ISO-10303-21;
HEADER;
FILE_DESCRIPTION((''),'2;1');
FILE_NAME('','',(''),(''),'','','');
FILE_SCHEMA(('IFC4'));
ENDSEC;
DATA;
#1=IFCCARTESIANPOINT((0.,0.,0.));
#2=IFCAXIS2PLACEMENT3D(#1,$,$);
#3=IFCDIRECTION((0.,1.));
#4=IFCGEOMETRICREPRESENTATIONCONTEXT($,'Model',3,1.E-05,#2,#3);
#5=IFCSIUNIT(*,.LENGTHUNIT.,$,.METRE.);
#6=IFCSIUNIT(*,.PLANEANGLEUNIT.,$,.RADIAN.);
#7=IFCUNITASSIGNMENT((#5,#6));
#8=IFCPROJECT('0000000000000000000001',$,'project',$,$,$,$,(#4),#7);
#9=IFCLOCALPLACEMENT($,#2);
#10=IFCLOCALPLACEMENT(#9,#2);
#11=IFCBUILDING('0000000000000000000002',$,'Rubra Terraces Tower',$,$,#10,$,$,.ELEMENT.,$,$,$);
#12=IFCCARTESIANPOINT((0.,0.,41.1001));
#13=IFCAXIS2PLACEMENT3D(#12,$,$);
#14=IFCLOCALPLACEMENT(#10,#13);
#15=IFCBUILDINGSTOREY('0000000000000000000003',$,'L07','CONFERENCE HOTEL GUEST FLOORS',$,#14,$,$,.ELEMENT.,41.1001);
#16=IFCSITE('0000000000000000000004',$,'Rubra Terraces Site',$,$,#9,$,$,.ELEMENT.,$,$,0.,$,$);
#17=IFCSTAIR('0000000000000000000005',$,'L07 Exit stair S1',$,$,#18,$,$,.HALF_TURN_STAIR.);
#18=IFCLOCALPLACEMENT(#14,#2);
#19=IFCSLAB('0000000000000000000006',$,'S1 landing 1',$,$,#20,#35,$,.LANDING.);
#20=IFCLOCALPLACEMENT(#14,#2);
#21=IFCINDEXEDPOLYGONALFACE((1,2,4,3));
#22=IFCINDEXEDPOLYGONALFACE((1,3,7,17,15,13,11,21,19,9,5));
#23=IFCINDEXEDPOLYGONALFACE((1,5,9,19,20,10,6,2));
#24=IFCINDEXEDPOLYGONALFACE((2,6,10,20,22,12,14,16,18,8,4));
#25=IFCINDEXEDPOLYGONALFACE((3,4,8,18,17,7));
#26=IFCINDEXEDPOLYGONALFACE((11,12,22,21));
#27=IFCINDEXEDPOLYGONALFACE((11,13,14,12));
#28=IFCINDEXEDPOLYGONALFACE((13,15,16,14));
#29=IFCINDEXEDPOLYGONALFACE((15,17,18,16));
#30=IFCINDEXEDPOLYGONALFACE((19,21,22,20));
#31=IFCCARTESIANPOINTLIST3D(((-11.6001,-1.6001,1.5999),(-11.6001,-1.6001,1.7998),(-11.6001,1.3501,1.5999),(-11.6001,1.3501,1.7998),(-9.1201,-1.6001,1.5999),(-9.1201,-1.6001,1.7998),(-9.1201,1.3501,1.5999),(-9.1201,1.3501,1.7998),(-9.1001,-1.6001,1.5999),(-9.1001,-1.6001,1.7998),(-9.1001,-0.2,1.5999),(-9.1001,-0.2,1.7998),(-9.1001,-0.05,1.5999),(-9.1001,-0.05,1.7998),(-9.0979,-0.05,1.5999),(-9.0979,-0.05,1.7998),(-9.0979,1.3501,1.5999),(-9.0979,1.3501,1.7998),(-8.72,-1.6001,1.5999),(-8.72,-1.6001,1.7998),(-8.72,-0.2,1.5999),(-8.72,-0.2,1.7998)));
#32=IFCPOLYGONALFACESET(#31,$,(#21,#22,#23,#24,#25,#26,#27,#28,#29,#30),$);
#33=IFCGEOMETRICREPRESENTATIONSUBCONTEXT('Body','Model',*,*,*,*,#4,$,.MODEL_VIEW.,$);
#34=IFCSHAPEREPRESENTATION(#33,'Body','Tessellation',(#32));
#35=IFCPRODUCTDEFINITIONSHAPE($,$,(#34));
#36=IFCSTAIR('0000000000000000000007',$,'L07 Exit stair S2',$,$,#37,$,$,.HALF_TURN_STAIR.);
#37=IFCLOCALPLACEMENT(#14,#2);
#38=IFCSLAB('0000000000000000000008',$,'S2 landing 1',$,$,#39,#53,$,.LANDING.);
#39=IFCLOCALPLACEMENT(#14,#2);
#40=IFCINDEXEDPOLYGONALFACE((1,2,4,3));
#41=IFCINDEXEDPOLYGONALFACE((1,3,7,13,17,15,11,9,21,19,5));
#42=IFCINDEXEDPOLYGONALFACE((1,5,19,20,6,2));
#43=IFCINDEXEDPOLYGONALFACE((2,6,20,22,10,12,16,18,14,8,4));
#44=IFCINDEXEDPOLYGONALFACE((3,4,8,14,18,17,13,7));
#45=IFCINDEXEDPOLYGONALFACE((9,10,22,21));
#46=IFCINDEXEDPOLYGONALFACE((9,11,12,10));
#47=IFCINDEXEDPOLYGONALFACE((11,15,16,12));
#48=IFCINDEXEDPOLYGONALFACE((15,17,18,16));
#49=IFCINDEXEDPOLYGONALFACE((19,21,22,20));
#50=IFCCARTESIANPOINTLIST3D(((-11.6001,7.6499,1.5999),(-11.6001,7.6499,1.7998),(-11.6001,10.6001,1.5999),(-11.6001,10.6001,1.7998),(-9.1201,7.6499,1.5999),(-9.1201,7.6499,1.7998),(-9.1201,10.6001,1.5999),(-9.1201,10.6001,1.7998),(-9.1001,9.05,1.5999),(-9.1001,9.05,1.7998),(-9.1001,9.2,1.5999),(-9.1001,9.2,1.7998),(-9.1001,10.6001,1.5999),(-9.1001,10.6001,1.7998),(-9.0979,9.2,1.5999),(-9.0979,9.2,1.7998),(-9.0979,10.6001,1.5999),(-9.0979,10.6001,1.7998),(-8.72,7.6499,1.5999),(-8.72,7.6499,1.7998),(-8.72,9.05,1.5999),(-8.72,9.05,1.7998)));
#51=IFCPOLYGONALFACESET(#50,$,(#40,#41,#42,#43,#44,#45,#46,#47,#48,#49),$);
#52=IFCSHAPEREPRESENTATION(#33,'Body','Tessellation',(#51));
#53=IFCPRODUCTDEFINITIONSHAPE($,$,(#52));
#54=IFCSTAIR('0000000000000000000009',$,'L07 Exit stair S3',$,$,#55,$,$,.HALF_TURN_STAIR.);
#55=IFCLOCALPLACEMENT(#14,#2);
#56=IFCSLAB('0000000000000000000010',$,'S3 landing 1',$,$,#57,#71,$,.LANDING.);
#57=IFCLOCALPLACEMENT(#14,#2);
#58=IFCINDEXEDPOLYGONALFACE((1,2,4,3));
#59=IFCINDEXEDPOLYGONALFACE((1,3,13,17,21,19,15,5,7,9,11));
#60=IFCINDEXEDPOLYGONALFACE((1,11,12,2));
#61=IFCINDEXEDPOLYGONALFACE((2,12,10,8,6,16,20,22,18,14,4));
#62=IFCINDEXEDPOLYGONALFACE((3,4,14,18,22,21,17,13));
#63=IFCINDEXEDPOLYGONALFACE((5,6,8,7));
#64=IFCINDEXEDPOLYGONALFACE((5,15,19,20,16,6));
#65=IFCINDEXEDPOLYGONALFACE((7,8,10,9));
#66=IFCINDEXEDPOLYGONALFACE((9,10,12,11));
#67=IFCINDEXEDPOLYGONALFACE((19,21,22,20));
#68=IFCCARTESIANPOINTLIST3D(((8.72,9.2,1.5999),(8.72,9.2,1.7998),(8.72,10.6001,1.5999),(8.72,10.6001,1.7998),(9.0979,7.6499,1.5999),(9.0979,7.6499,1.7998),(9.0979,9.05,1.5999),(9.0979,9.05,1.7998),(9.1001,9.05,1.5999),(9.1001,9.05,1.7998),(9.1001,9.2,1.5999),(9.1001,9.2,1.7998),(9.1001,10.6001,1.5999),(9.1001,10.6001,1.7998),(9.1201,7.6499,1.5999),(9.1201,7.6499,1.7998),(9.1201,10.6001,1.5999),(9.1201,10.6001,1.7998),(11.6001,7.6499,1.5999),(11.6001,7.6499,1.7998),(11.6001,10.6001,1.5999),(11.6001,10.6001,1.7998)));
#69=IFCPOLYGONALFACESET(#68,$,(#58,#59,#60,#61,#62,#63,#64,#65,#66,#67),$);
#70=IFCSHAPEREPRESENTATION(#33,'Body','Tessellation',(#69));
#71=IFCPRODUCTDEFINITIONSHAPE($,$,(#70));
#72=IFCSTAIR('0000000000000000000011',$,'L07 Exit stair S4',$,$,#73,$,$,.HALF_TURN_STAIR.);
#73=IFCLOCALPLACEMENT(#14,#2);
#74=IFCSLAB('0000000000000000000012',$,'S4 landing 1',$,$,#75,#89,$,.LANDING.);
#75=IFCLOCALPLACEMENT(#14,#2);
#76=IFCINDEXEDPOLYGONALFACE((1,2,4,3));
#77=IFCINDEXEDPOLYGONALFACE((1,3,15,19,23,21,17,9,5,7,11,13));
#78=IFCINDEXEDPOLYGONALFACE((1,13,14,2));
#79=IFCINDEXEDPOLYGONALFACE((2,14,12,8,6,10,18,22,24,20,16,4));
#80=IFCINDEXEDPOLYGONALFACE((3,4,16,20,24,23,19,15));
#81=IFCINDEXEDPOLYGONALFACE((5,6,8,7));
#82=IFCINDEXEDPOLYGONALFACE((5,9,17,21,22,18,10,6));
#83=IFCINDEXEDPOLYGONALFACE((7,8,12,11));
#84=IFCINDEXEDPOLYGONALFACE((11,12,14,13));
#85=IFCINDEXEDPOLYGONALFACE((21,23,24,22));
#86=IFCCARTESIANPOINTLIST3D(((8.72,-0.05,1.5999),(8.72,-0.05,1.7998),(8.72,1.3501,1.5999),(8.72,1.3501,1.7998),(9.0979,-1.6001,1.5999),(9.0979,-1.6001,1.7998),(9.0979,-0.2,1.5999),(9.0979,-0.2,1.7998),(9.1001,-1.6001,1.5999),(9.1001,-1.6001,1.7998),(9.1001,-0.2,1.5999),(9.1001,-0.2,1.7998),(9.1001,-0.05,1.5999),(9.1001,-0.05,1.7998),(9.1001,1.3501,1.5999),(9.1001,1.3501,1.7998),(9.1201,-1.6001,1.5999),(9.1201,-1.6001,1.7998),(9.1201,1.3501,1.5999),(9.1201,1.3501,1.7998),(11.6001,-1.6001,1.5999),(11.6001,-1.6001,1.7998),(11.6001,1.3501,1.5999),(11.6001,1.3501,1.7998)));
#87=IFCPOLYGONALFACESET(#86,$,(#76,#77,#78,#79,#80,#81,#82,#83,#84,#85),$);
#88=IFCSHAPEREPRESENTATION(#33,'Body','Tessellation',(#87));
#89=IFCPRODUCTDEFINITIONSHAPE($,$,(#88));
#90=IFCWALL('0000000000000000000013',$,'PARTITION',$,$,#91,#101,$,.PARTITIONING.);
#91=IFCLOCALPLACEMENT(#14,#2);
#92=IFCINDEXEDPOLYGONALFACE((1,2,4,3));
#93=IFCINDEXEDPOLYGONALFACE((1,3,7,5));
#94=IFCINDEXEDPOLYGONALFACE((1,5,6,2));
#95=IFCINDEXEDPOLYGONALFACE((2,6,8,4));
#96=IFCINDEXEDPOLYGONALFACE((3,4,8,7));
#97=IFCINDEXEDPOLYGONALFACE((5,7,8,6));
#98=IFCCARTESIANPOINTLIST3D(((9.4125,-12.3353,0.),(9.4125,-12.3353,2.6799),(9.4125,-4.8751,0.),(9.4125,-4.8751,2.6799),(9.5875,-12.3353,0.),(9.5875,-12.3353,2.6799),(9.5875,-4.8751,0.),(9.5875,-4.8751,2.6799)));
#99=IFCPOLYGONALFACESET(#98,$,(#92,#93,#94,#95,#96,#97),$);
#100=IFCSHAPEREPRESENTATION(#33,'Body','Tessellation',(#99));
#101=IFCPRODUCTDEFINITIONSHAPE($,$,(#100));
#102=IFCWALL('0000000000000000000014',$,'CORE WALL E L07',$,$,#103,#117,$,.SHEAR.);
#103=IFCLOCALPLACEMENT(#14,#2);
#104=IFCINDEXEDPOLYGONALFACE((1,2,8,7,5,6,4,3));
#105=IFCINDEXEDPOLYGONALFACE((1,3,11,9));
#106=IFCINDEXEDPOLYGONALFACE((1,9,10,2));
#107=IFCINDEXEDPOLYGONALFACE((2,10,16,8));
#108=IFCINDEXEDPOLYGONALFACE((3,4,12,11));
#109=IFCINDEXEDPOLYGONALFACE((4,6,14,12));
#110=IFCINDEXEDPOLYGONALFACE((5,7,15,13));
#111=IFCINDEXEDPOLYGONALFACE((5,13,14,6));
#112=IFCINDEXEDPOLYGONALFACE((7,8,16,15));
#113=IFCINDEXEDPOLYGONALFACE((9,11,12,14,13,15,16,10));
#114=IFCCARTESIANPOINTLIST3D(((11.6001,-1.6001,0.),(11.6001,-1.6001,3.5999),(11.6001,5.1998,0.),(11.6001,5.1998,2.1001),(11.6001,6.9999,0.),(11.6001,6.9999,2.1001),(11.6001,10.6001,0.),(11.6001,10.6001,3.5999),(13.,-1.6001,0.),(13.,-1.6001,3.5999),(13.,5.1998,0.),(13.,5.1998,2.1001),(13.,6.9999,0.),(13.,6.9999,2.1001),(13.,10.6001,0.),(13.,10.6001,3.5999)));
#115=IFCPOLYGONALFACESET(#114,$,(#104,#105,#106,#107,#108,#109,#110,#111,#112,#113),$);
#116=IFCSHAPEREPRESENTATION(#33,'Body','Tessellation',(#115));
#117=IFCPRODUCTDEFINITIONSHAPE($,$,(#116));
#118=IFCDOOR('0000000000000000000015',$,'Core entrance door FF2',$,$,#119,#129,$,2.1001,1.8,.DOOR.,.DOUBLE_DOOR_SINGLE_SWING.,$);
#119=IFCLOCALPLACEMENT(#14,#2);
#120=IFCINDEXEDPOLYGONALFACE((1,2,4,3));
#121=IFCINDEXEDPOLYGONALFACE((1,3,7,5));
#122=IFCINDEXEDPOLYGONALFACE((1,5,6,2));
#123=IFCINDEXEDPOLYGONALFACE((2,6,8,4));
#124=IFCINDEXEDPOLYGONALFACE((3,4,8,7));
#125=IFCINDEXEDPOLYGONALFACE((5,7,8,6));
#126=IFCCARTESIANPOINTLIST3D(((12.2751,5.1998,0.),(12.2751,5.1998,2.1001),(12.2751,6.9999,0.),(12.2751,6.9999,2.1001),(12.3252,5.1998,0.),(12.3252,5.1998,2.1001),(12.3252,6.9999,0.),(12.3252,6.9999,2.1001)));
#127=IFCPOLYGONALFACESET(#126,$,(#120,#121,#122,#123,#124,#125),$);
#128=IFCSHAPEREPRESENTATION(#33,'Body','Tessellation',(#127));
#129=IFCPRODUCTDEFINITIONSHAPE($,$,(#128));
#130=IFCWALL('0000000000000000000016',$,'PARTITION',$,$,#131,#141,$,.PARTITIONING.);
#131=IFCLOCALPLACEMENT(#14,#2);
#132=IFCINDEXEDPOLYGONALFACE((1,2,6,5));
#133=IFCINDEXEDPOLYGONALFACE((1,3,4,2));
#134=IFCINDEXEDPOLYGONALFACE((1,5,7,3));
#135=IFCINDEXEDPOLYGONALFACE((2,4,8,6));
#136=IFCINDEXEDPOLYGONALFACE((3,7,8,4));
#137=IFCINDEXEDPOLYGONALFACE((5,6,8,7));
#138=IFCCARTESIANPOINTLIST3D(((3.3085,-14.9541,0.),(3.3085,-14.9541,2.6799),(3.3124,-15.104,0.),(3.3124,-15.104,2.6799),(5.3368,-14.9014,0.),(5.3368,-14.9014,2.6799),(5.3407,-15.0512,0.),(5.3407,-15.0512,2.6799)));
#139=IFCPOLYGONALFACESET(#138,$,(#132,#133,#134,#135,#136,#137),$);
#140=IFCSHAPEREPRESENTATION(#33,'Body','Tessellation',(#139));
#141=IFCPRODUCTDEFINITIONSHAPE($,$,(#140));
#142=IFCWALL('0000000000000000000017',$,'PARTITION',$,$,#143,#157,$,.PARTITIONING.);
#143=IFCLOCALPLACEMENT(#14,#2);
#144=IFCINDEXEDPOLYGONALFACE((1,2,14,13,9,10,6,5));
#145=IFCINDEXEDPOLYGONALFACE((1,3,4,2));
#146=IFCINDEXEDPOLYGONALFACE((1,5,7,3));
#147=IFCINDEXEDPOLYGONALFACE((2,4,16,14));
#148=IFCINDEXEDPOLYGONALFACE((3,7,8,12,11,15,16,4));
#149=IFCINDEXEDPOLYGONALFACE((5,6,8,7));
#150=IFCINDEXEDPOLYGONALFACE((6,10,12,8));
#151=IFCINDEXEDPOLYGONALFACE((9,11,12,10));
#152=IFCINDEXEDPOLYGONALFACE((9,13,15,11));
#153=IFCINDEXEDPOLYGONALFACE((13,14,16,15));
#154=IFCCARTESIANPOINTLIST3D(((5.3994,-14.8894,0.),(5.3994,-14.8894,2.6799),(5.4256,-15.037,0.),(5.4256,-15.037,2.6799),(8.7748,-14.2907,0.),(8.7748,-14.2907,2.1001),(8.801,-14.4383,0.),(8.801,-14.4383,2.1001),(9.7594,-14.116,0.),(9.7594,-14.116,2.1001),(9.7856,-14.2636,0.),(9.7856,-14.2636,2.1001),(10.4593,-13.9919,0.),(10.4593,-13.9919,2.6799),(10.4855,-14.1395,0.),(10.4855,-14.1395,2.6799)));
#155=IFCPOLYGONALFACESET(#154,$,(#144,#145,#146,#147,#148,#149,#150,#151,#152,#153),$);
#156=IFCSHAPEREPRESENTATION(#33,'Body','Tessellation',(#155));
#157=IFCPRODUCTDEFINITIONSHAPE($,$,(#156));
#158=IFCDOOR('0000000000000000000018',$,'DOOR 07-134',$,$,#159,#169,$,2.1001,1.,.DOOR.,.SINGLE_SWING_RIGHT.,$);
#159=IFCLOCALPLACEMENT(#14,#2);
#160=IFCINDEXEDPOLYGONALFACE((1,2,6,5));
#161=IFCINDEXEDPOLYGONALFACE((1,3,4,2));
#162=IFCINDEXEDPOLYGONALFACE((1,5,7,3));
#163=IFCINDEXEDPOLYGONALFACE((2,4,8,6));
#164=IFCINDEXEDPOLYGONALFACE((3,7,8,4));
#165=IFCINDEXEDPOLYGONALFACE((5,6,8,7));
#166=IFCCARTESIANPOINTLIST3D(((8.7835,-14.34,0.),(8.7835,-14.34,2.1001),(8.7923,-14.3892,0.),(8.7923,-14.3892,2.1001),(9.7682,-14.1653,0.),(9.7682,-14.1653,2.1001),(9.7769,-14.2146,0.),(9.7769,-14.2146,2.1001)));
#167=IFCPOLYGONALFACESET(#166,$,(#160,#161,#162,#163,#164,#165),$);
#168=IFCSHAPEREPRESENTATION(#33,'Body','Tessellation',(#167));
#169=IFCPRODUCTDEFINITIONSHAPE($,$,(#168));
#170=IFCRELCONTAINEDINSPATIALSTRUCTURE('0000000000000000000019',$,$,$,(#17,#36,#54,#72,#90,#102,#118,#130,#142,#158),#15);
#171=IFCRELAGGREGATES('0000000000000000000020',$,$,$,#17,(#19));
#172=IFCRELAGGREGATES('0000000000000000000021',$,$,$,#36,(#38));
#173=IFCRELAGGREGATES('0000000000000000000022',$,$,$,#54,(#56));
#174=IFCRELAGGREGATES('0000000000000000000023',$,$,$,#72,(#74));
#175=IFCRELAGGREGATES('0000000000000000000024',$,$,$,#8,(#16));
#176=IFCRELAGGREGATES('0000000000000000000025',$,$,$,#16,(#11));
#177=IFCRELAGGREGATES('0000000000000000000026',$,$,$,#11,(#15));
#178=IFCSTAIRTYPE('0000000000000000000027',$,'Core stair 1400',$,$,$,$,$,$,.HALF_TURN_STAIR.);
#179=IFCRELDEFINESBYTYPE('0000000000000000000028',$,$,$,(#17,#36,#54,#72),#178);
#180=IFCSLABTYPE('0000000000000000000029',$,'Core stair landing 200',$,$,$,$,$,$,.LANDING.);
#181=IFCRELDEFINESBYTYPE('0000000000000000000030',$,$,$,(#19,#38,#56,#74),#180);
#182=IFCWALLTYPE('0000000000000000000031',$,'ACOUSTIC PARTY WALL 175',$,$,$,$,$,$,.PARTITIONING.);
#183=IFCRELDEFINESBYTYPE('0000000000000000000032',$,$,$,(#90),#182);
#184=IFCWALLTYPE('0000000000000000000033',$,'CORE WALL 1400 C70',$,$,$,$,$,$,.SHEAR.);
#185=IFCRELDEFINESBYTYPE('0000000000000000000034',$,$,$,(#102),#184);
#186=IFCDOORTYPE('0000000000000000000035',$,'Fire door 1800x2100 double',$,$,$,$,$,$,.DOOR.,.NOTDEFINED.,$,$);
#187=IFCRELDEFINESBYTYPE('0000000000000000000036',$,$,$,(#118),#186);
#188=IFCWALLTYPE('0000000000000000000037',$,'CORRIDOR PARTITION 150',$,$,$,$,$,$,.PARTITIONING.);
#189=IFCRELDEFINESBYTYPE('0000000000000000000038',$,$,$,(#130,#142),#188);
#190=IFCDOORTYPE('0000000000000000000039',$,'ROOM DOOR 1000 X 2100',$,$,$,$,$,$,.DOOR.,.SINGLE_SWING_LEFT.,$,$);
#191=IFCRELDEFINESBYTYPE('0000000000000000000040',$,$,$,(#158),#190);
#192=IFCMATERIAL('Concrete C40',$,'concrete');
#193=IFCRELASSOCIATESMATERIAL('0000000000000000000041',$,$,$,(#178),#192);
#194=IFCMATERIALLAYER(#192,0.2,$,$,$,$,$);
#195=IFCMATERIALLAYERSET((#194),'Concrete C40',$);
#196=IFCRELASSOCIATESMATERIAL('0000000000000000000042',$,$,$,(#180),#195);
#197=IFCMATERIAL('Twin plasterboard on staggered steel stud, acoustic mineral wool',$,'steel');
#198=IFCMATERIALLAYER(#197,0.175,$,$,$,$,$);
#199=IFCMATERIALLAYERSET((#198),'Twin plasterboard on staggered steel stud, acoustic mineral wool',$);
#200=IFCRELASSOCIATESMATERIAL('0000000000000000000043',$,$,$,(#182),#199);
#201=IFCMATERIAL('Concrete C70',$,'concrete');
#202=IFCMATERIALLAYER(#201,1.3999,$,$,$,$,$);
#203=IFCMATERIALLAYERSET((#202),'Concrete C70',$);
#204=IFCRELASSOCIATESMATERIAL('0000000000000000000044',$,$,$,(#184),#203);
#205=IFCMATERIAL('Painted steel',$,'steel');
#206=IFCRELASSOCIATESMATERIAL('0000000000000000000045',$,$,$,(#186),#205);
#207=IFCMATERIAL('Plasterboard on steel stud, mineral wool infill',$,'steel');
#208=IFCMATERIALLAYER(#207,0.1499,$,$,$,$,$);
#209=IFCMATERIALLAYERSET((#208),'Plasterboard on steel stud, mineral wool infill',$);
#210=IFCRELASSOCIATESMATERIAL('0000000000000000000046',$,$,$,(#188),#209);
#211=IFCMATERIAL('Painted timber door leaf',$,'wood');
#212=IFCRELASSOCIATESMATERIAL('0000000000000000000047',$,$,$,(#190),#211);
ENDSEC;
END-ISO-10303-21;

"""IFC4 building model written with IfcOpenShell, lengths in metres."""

from ifc_helpers import new_model, si_unit, direction, frame, frame_2d, origin, place, context, subcontext, project, spatial, polyline, rectangle, outline, extrude, material, layer, layer_set, type_object, element, fill, aggregate, save


model = new_model("IFC4")

# Units and contexts
model_context = context("Model", 3, precision=1e-05, world=origin(), true_north=direction((0.0, 1.0)))
body_context = subcontext(model_context, "Body", "Model", "MODEL_VIEW")
ifc_project = project(units=[si_unit("LENGTHUNIT", "METRE"), si_unit("PLANEANGLEUNIT", "RADIAN")], contexts=[model_context])

# Site, building, storey
site_placement = place(None, origin())
site = spatial("IfcSite", under=ifc_project, at=site_placement, Name="Rubra Terraces Site", CompositionType="ELEMENT", RefElevation=0.0)
building_placement = place(site_placement, origin())
building = spatial("IfcBuilding", under=site, at=building_placement, Name="Rubra Terraces Tower", CompositionType="ELEMENT")
storey_placement = place(building_placement, frame((0.0, 0.0, 41.1001)))
storey = spatial("IfcBuildingStorey", under=building, at=storey_placement, Name="L07", Description="CONFERENCE HOTEL GUEST FLOORS", CompositionType="ELEMENT", Elevation=41.1001)

# Stairs, slabs
ifc_material_1 = material(Name="Concrete C40", Category="concrete")
stair_type = type_object("IfcStairType", Name="Core stair 1400", PredefinedType="HALF_TURN_STAIR", material=ifc_material_1)
stair_1_placement = place(storey_placement, origin())
stair_1 = element("IfcStair", 1, at=stair_1_placement, inside=storey, type_object=stair_type, Name="L07 Exit stair S1", PredefinedType="HALF_TURN_STAIR")
ifc_layer_1 = layer(ifc_material_1, 0.2)
ifc_layer_set_1 = layer_set([ifc_layer_1], Name="Concrete C40")
slab_type = type_object("IfcSlabType", Name="Core stair landing 200", PredefinedType="LANDING", material=ifc_layer_set_1)
slab_1_placement = place(storey_placement, frame((0.0, 0.0, 1.5999)))
slab_1 = element("IfcSlab", 2, at=slab_1_placement, type_object=slab_type, Name="S1 landing 1", PredefinedType="LANDING", context=body_context, shape_type="SweptSolid", body=[
    extrude(outline(polyline([(-8.72, -0.2), (-8.72, -1.6001), (-9.1001, -1.6001), (-9.1201, -1.6001), (-11.6001, -1.6001), (-11.6001, 1.3501), (-9.1201, 1.3501), (-9.0979, 1.3501), (-9.0979, -0.05), (-9.1001, -0.05), (-9.1001, -0.2), (-8.72, -0.2)])), origin(), (0.0, 0.0, 1.0), 0.2),
])
aggregate(stair_1, [slab_1])
stair_2_placement = place(storey_placement, origin())
stair_2 = element("IfcStair", 3, at=stair_2_placement, inside=storey, type_object=stair_type, Name="L07 Exit stair S2", PredefinedType="HALF_TURN_STAIR")
slab_2_placement = place(storey_placement, frame((0.0, 0.0, 1.5999)))
slab_2 = element("IfcSlab", 4, at=slab_2_placement, type_object=slab_type, Name="S2 landing 1", PredefinedType="LANDING", context=body_context, shape_type="SweptSolid", body=[
    extrude(outline(polyline([(-8.72, 9.05), (-8.72, 7.6499), (-9.1201, 7.6499), (-11.6001, 7.6499), (-11.6001, 10.6001), (-9.1201, 10.6001), (-9.1001, 10.6001), (-9.0979, 10.6001), (-9.0979, 9.2), (-9.1001, 9.2), (-9.1001, 9.05), (-8.72, 9.05)])), origin(), (0.0, 0.0, 1.0), 0.2),
])
aggregate(stair_2, [slab_2])
stair_3_placement = place(storey_placement, origin())
stair_3 = element("IfcStair", 5, at=stair_3_placement, inside=storey, type_object=stair_type, Name="L07 Exit stair S3", PredefinedType="HALF_TURN_STAIR")
slab_3_placement = place(storey_placement, frame((0.0, 0.0, 1.5999)))
slab_3 = element("IfcSlab", 6, at=slab_3_placement, type_object=slab_type, Name="S3 landing 1", PredefinedType="LANDING", context=body_context, shape_type="SweptSolid", body=[
    extrude(outline(polyline([(9.1001, 9.05), (9.1001, 9.2), (8.72, 9.2), (8.72, 10.6001), (9.1001, 10.6001), (9.1201, 10.6001), (11.6001, 10.6001), (11.6001, 7.6499), (9.1201, 7.6499), (9.0979, 7.6499), (9.0979, 9.05), (9.1001, 9.05)])), origin(), (0.0, 0.0, 1.0), 0.2),
])
aggregate(stair_3, [slab_3])
stair_4_placement = place(storey_placement, origin())
stair_4 = element("IfcStair", 7, at=stair_4_placement, inside=storey, type_object=stair_type, Name="L07 Exit stair S4", PredefinedType="HALF_TURN_STAIR")
slab_4_placement = place(storey_placement, frame((0.0, 0.0, 1.5999)))
slab_4 = element("IfcSlab", 8, at=slab_4_placement, type_object=slab_type, Name="S4 landing 1", PredefinedType="LANDING", context=body_context, shape_type="SweptSolid", body=[
    extrude(outline(polyline([(9.1001, -0.2), (9.1001, -0.05), (8.72, -0.05), (8.72, 1.3501), (9.1001, 1.3501), (9.1201, 1.3501), (11.6001, 1.3501), (11.6001, -1.6001), (9.1201, -1.6001), (9.1001, -1.6001), (9.0979, -1.6001), (9.0979, -0.2), (9.1001, -0.2)])), origin(), (0.0, 0.0, 1.0), 0.2),
])

# Wall
ifc_material_2 = material(Name="Twin plasterboard on staggered steel stud, acoustic mineral wool", Category="steel")
ifc_layer_2 = layer(ifc_material_2, 0.175)
ifc_layer_set_2 = layer_set([ifc_layer_2], Name="Twin plasterboard on staggered steel stud, acoustic mineral wool")
wall_type_1 = type_object("IfcWallType", Name="ACOUSTIC PARTY WALL 175", PredefinedType="PARTITIONING", material=ifc_layer_set_2)
wall_1_placement = place(storey_placement, frame((9.5, -12.3352, 0.0), z_axis=(0.0, 0.0, 1.0), x_axis=(0.0, 1.0, 0.0)))
element("IfcWall", 9, at=wall_1_placement, inside=storey, type_object=wall_type_1, Name="PARTITION", PredefinedType="PARTITIONING", context=body_context, shape_type="SweptSolid", body=[
    extrude(rectangle(XDim=7.4602, YDim=0.175, at=frame_2d((3.73, 0.0))), origin(), (0.0, 0.0, 1.0), 2.6799),
])

# Wall, opening, door
ifc_material_3 = material(Name="Concrete C70", Category="concrete")
ifc_layer_3 = layer(ifc_material_3, 1.3999)
ifc_layer_set_3 = layer_set([ifc_layer_3], Name="Concrete C70")
wall_type_2 = type_object("IfcWallType", Name="CORE WALL 1400 C70", PredefinedType="SHEAR", material=ifc_layer_set_3)
wall_2_placement = place(storey_placement, frame((12.3, -1.6001, 0.0), z_axis=(0.0, 0.0, 1.0), x_axis=(0.0, 1.0, 0.0)))
wall_2 = element("IfcWall", 10, at=wall_2_placement, inside=storey, type_object=wall_type_2, Name="CORE WALL E L07", PredefinedType="SHEAR", context=body_context, shape_type="SweptSolid", body=[
    extrude(rectangle(XDim=12.2002, YDim=1.3999, at=frame_2d((6.1001, 0.0))), origin(), (0.0, 0.0, 1.0), 3.5999),
])
opening_1_placement = place(wall_2_placement, frame((6.8, 0.0, 0.0)))
opening_1 = element("IfcOpeningElement", 11, at=opening_1_placement, cuts=wall_2, PredefinedType="OPENING", context=body_context, shape_type="SweptSolid", body=[
    extrude(rectangle(XDim=1.8, YDim=2.1001, at=frame_2d((0.8999, 1.05))), frame((0.0, 0.71, 0.0), z_axis=(0.0, -1.0, 0.0), x_axis=(1.0, 0.0, 0.0)), (0.0, 0.0, 1.0), 1.4199),
])
ifc_material_4 = material(Name="Painted steel", Category="steel")
door_type_1 = type_object("IfcDoorType", Name="Fire door 1800x2100 double", OperationType="NOTDEFINED", PredefinedType="DOOR", material=ifc_material_4)
door_1_placement = place(opening_1_placement, origin())
door_1 = element("IfcDoor", 12, at=door_1_placement, inside=storey, type_object=door_type_1, Name="Core entrance door FF2", OperationType="DOUBLE_DOOR_SINGLE_SWING", OverallHeight=2.1001, OverallWidth=1.8, PredefinedType="DOOR", context=body_context, shape_type="SweptSolid", body=[
    extrude(rectangle(XDim=1.8, YDim=2.1001, at=frame_2d((0.8999, 1.05))), frame((0.0, 0.0249, 0.0), z_axis=(0.0, -1.0, 0.0), x_axis=(1.0, 0.0, 0.0)), (0.0, 0.0, 1.0), 0.05),
])
fill(opening_1, door_1)

# Wall
ifc_material_5 = material(Name="Plasterboard on steel stud, mineral wool infill", Category="steel")
ifc_layer_4 = layer(ifc_material_5, 0.1499)
ifc_layer_set_4 = layer_set([ifc_layer_4], Name="Plasterboard on steel stud, mineral wool infill")
wall_type_3 = type_object("IfcWallType", Name="CORRIDOR PARTITION 150", PredefinedType="PARTITIONING", material=ifc_layer_set_4)
wall_3_placement = place(storey_placement, frame((3.3103, -15.0291, 0.0), z_axis=(0.0, 0.0, 1.0), x_axis=(0.999662, 0.02599, 0.0)))
element("IfcWall", 13, at=wall_3_placement, inside=storey, type_object=wall_type_3, Name="PARTITION", PredefinedType="PARTITIONING", context=body_context, shape_type="SweptSolid", body=[
    extrude(rectangle(XDim=2.0291, YDim=0.1499, at=frame_2d((1.0146, 0.0))), origin(), (0.0, 0.0, 1.0), 2.6799),
])

# Wall, opening, door
wall_4_placement = place(storey_placement, frame((5.4126, -14.9631, 0.0), z_axis=(0.0, 0.0, 1.0), x_axis=(0.984633, 0.174636, 0.0)))
wall_4 = element("IfcWall", 14, at=wall_4_placement, inside=storey, type_object=wall_type_3, Name="PARTITION", PredefinedType="PARTITIONING", context=body_context, shape_type="SweptSolid", body=[
    extrude(rectangle(XDim=5.1389, YDim=0.1499, at=frame_2d((2.5693, 0.0))), origin(), (0.0, 0.0, 1.0), 2.6799),
])
opening_2_placement = place(wall_4_placement, frame((3.428, 0.0, 0.0)))
opening_2 = element("IfcOpeningElement", 15, at=opening_2_placement, cuts=wall_4, PredefinedType="OPENING", context=body_context, shape_type="SweptSolid", body=[
    extrude(rectangle(XDim=1.0, YDim=2.1001, at=frame_2d((0.5, 1.05))), frame((0.0, 0.085, 0.0), z_axis=(0.0, -1.0, 0.0), x_axis=(1.0, 0.0, 0.0)), (0.0, 0.0, 1.0), 0.1699),
])
ifc_material_6 = material(Name="Painted timber door leaf", Category="wood")
door_type_2 = type_object("IfcDoorType", Name="ROOM DOOR 1000 X 2100", OperationType="SINGLE_SWING_LEFT", PredefinedType="DOOR", material=ifc_material_6)
door_2_placement = place(opening_2_placement, origin())
door_2 = element("IfcDoor", 16, at=door_2_placement, inside=storey, type_object=door_type_2, Name="DOOR 07-134", OperationType="SINGLE_SWING_RIGHT", OverallHeight=2.1001, OverallWidth=1.0, PredefinedType="DOOR", context=body_context, shape_type="SweptSolid", body=[
    extrude(rectangle(XDim=1.0, YDim=2.1001, at=frame_2d((0.5, 1.05))), frame((0.0, 0.0249, 0.0), z_axis=(0.0, -1.0, 0.0), x_axis=(1.0, 0.0, 0.0)), (0.0, 0.0, 1.0), 0.05),
])
fill(opening_2, door_2)

aggregate(stair_4, [slab_4])

save(model, "model.ifc")
